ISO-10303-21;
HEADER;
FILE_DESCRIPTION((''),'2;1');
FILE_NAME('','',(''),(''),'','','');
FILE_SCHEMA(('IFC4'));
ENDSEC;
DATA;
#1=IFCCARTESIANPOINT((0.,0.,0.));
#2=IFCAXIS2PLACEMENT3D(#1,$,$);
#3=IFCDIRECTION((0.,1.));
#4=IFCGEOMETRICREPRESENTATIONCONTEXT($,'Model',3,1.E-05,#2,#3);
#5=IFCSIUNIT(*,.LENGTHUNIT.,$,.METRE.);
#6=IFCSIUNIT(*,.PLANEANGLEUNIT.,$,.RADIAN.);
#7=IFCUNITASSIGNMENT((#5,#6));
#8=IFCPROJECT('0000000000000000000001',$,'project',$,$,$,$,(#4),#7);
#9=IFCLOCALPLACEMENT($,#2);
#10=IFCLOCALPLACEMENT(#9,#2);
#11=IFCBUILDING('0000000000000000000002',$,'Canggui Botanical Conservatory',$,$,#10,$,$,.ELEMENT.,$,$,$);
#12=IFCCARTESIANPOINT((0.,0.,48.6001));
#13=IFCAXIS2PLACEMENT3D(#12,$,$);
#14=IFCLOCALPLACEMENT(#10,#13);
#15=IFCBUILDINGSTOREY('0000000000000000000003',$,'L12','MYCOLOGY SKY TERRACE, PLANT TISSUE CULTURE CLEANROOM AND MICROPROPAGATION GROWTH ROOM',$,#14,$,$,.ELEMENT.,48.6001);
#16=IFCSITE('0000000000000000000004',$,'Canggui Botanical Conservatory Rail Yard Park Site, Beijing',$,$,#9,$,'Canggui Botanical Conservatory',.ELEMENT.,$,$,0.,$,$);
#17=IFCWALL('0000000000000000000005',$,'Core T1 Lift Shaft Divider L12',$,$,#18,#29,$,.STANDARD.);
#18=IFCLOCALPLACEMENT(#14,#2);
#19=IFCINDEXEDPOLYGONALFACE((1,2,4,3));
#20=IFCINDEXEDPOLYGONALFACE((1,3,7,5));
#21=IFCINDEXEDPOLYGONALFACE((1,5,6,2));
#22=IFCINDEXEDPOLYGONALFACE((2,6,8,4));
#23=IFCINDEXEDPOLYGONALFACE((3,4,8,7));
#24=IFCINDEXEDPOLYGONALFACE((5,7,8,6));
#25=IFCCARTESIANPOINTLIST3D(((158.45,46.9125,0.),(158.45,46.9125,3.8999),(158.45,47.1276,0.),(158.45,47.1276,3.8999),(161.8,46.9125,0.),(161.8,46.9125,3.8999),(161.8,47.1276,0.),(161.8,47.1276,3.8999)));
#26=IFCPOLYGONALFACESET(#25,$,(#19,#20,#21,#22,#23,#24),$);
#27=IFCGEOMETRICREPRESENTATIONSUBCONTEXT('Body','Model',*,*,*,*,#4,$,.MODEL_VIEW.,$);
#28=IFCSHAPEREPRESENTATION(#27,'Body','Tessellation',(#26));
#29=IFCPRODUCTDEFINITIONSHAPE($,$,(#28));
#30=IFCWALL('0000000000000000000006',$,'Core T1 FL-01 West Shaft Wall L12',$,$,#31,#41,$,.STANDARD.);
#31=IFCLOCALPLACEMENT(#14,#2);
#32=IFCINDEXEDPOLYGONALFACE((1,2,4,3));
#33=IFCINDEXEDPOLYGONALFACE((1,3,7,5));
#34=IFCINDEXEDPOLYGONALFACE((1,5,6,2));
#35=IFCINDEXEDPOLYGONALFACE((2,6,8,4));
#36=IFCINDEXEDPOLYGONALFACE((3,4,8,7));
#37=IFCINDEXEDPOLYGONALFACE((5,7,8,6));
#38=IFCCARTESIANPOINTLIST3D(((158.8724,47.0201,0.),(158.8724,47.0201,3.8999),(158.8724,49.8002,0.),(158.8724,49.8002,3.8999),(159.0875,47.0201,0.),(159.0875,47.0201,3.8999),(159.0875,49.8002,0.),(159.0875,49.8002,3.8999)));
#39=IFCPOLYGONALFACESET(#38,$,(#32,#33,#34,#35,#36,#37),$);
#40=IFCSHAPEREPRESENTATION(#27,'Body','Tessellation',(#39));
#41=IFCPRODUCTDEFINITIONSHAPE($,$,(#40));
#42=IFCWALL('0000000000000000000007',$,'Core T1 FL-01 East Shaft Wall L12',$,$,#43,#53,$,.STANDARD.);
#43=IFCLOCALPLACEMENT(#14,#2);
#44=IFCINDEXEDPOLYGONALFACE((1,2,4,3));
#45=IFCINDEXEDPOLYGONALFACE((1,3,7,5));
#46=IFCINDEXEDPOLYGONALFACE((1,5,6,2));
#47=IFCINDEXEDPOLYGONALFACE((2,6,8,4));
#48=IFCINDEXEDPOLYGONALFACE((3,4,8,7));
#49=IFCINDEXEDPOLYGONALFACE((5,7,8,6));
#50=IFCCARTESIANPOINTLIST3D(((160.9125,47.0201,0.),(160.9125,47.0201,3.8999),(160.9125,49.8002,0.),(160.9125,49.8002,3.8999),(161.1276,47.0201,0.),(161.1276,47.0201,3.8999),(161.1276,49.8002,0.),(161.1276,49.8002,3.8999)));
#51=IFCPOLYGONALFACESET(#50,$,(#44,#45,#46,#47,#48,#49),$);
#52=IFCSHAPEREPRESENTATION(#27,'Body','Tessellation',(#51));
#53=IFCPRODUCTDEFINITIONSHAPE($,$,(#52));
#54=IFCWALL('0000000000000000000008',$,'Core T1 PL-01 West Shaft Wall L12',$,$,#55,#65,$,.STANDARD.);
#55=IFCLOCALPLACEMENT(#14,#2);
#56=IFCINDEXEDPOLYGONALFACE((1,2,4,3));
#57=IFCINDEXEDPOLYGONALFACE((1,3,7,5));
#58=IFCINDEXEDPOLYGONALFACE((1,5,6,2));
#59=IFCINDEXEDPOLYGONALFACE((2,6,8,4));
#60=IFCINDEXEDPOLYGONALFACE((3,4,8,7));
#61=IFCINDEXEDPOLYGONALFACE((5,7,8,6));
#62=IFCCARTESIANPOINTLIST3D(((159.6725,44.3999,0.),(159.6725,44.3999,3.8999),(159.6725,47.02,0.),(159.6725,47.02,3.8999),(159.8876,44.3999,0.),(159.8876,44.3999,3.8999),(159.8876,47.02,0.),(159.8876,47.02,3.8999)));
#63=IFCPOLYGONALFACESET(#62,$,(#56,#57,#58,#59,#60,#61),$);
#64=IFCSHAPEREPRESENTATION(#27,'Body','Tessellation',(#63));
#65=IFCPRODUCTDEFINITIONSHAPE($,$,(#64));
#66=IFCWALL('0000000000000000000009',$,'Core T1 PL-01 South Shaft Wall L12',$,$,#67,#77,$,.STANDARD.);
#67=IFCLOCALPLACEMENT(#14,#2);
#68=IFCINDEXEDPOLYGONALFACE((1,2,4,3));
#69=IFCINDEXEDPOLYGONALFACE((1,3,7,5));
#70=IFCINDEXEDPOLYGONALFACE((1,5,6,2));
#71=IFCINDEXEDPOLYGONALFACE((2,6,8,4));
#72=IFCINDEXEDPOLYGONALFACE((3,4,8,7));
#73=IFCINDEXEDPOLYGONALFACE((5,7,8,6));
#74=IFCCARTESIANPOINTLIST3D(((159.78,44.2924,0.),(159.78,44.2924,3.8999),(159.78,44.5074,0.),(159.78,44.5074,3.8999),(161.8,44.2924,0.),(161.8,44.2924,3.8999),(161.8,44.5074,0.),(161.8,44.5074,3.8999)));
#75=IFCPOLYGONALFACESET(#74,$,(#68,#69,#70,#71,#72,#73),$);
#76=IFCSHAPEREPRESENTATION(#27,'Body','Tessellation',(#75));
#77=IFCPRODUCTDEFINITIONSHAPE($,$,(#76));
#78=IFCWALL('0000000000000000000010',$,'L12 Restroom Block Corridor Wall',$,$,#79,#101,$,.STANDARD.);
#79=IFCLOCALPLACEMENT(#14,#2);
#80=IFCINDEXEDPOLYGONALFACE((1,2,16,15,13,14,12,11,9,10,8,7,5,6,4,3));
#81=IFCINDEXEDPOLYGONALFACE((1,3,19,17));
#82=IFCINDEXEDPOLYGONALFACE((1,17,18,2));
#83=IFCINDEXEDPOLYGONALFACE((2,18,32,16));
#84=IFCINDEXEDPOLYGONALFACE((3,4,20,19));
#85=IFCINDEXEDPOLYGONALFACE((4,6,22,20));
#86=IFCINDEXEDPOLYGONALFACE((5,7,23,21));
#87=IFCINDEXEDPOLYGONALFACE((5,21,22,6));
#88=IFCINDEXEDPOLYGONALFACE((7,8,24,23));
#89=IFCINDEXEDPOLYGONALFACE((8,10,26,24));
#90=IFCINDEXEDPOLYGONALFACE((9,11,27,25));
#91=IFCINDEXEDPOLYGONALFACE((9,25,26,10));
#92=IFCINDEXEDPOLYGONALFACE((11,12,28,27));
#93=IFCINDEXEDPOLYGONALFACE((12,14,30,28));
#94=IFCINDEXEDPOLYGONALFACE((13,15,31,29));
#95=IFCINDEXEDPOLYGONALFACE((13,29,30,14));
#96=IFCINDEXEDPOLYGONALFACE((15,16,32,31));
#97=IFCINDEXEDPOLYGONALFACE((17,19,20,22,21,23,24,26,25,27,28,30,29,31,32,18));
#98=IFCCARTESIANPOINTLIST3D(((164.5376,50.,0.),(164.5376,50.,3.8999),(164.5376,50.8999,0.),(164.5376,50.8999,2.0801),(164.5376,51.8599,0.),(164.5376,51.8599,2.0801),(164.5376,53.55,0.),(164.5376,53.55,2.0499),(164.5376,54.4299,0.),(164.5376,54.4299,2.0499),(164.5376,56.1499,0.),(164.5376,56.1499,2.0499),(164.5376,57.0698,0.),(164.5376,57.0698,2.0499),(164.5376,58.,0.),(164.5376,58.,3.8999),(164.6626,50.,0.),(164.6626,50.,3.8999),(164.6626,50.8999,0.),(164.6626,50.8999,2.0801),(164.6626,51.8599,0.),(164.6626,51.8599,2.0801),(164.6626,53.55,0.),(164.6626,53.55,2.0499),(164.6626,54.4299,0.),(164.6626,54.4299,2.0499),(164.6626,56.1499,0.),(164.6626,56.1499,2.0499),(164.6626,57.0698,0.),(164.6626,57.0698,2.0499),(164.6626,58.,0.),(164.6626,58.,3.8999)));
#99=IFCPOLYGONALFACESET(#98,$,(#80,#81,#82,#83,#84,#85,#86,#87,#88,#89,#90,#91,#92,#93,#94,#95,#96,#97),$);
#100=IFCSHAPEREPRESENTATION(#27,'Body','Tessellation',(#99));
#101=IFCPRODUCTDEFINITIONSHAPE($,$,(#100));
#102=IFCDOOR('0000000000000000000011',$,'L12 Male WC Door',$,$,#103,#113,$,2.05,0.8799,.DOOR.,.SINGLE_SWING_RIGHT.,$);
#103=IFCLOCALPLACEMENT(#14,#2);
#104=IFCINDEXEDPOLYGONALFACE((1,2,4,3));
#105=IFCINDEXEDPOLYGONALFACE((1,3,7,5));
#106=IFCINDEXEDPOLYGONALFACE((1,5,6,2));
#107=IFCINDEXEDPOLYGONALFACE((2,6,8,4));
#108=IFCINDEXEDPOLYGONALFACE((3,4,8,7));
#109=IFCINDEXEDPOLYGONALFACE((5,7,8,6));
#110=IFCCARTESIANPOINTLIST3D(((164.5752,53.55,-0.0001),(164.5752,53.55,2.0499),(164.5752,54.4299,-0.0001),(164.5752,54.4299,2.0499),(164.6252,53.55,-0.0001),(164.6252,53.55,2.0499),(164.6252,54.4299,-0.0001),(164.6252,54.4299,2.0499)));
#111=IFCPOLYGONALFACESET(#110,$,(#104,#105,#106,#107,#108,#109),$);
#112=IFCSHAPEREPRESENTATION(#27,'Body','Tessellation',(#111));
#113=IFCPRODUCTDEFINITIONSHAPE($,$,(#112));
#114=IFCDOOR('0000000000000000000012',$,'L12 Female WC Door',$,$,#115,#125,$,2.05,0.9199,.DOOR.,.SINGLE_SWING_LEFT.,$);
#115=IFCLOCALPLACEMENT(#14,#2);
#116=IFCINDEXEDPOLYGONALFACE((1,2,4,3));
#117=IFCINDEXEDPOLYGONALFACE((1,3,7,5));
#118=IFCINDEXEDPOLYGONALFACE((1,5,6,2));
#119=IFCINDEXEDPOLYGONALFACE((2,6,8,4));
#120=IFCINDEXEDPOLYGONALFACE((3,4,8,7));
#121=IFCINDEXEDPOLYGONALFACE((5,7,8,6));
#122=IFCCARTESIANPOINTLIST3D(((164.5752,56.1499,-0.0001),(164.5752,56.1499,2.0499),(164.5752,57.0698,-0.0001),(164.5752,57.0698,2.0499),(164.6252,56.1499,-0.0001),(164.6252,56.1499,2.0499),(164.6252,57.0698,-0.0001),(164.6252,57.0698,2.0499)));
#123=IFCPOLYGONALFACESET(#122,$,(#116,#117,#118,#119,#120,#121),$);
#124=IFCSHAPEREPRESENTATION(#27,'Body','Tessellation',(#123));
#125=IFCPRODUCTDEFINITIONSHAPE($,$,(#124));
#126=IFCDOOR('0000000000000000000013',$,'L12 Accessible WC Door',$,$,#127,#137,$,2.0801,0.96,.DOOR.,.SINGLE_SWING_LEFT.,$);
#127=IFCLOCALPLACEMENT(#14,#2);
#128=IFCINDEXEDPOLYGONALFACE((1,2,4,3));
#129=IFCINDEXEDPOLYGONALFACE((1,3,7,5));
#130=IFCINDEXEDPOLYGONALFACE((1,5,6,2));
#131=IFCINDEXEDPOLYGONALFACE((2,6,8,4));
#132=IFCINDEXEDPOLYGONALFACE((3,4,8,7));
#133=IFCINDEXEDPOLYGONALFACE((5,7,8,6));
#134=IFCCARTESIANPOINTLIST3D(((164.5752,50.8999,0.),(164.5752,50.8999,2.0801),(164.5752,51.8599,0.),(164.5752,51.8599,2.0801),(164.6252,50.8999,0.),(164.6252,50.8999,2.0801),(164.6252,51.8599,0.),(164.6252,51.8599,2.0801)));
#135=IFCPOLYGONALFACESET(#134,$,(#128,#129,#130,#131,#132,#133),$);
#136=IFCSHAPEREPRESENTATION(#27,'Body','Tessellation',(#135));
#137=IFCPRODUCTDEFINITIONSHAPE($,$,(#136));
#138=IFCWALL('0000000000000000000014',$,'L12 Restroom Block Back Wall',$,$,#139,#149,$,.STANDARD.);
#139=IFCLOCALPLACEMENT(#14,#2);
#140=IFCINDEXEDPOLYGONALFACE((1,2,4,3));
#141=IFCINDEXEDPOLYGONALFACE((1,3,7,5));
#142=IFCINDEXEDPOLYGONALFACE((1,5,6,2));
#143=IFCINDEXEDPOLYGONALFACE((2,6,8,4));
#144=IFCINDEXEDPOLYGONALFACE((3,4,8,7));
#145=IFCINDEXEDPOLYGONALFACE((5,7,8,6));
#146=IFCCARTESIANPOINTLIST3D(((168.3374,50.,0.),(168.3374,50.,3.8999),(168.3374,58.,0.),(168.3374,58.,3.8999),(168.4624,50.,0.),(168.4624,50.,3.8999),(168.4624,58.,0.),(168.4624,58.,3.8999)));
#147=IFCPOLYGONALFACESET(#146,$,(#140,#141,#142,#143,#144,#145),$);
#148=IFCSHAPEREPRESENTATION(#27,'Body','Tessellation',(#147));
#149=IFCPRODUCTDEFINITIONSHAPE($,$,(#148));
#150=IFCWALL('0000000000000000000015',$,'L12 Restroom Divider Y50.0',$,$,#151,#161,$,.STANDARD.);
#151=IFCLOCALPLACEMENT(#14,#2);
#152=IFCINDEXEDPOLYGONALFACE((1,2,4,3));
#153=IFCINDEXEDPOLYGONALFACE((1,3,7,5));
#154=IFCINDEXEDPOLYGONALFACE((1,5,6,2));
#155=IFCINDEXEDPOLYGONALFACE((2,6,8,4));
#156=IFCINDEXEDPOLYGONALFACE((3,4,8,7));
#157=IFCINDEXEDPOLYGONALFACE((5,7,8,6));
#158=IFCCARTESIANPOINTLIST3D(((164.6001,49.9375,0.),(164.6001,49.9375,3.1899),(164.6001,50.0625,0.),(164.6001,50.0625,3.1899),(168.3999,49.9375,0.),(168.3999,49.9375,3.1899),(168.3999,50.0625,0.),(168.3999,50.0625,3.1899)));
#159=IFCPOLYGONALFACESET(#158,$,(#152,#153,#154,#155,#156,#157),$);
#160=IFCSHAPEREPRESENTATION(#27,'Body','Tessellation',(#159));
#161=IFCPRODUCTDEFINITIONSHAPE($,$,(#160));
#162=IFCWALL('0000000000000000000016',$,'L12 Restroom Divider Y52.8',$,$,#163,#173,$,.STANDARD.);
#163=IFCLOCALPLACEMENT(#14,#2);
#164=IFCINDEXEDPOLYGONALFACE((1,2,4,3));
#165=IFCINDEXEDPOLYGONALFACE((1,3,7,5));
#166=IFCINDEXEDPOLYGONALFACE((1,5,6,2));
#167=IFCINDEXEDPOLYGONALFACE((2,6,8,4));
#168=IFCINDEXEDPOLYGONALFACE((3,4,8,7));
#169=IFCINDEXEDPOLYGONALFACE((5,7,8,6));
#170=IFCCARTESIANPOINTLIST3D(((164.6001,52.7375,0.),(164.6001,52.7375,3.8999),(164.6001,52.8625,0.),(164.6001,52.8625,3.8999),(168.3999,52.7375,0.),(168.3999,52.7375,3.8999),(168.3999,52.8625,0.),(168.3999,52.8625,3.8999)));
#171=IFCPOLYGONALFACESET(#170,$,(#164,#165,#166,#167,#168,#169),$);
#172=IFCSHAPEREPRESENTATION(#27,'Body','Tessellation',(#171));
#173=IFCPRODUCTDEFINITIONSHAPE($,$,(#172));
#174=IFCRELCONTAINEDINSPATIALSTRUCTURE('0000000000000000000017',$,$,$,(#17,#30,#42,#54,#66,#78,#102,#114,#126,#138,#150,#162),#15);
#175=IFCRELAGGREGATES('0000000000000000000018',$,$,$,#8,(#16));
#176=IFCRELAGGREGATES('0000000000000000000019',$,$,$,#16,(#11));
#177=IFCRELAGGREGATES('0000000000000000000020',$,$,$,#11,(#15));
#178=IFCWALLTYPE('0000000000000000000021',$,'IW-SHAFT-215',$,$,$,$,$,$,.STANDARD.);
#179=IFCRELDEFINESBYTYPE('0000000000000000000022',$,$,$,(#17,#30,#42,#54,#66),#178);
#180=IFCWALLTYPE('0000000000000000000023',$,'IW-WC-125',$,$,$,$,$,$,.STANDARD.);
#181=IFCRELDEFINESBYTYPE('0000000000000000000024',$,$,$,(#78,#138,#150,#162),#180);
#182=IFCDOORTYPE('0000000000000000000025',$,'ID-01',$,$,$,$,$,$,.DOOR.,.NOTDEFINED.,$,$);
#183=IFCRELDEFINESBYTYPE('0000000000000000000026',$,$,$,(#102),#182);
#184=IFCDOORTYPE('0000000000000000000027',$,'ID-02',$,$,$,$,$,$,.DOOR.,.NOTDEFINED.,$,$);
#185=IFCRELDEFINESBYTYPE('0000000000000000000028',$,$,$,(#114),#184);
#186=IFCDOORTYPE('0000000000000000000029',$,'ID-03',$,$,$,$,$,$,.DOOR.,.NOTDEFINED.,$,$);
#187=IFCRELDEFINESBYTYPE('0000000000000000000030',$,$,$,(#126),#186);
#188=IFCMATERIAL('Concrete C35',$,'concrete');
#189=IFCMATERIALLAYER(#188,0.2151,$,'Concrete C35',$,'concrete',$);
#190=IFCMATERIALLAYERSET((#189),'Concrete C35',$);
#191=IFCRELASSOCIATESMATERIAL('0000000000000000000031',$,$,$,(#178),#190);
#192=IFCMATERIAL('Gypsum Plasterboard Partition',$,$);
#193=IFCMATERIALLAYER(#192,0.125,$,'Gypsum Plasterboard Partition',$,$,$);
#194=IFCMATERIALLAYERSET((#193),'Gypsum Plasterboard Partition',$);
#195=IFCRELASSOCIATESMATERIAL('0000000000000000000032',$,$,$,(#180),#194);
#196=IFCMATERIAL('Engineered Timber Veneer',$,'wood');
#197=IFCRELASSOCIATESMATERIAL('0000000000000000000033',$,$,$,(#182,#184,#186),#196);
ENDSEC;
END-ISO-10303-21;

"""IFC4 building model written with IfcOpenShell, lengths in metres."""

from ifc_helpers import new_model, si_unit, direction, frame, frame_2d, origin, place, context, subcontext, project, spatial, rectangle, extrude, material, layer, layer_set, type_object, element, fill, save


model = new_model("IFC4")

# Units and contexts
model_context = context("Model", 3, precision=1e-05, world=origin(), true_north=direction((0.0, 1.0)))
body_context = subcontext(model_context, "Body", "Model", "MODEL_VIEW")
ifc_project = project(units=[si_unit("LENGTHUNIT", "METRE"), si_unit("PLANEANGLEUNIT", "RADIAN")], contexts=[model_context])

# Site, building, storey
site_placement = place(None, origin())
site = spatial("IfcSite", under=ifc_project, at=site_placement, Name="Canggui Botanical Conservatory Rail Yard Park Site, Beijing", LongName="Canggui Botanical Conservatory", CompositionType="ELEMENT", RefElevation=0.0)
building_placement = place(site_placement, origin())
building = spatial("IfcBuilding", under=site, at=building_placement, Name="Canggui Botanical Conservatory", CompositionType="ELEMENT")
storey_placement = place(building_placement, frame((0.0, 0.0, 48.6001)))
storey = spatial("IfcBuildingStorey", under=building, at=storey_placement, Name="L12", Description="MYCOLOGY SKY TERRACE, PLANT TISSUE CULTURE CLEANROOM AND MICROPROPAGATION GROWTH ROOM", CompositionType="ELEMENT", Elevation=48.6001)

# Shared definitions
ifc_material_1 = material(Name="Concrete C35", Category="concrete")

# Shared definitions
ifc_material_2 = material(Name="Gypsum Plasterboard Partition")

# Walls
ifc_layer_1 = layer(ifc_material_1, 0.2151, Name="Concrete C35", Category="concrete")
ifc_layer_set_1 = layer_set([ifc_layer_1], Name="Concrete C35")
wall_type_1 = type_object("IfcWallType", Name="IW-SHAFT-215", PredefinedType="STANDARD", material=ifc_layer_set_1)
wall_1_placement = place(storey_placement, frame((158.45, 47.02, 0.0), z_axis=(0.0, 0.0, 1.0), x_axis=(1.0, 0.0, 0.0)))
element("IfcWall", 1, at=wall_1_placement, inside=storey, type_object=wall_type_1, Name="Core T1 Lift Shaft Divider L12", PredefinedType="STANDARD", context=body_context, shape_type="SweptSolid", body=[
    extrude(rectangle(XDim=3.3501, YDim=0.2151, at=frame_2d((1.675, 0.0))), origin(), (0.0, 0.0, 1.0), 3.8999),
])
for number, where, z_axis, x_axis, name in (
    (2, (158.98, 47.02, 0.0), (0.0, 0.0, 1.0), (0.0, 1.0, 0.0), "Core T1 FL-01 West Shaft Wall L12"),
    (3, (161.02, 47.02, 0.0), (0.0, 0.0, 1.0), (0.0, 1.0, 0.0), "Core T1 FL-01 East Shaft Wall L12"),
):
    element("IfcWall", number, at=place(storey_placement, frame(where, z_axis=z_axis, x_axis=x_axis)), inside=storey, type_object=wall_type_1, Name=name, PredefinedType="STANDARD", context=body_context, shape_type="SweptSolid", body=[
        extrude(rectangle(XDim=2.78, YDim=0.2151, at=frame_2d((1.3901, 0.0))), origin(), (0.0, 0.0, 1.0), 3.8999),
    ])
wall_2_placement = place(storey_placement, frame((159.78, 44.3999, 0.0), z_axis=(0.0, 0.0, 1.0), x_axis=(0.0, 1.0, 0.0)))
element("IfcWall", 4, at=wall_2_placement, inside=storey, type_object=wall_type_1, Name="Core T1 PL-01 West Shaft Wall L12", PredefinedType="STANDARD", context=body_context, shape_type="SweptSolid", body=[
    extrude(rectangle(XDim=2.6201, YDim=0.2151, at=frame_2d((1.3101, 0.0))), origin(), (0.0, 0.0, 1.0), 3.8999),
])
wall_3_placement = place(storey_placement, frame((159.78, 44.3999, 0.0), z_axis=(0.0, 0.0, 1.0), x_axis=(1.0, 0.0, 0.0)))
element("IfcWall", 5, at=wall_3_placement, inside=storey, type_object=wall_type_1, Name="Core T1 PL-01 South Shaft Wall L12", PredefinedType="STANDARD", context=body_context, shape_type="SweptSolid", body=[
    extrude(rectangle(XDim=2.02, YDim=0.2151, at=frame_2d((1.01, 0.0))), origin(), (0.0, 0.0, 1.0), 3.8999),
])

# Wall, openings, doors
ifc_layer_2 = layer(ifc_material_2, 0.125, Name="Gypsum Plasterboard Partition")
ifc_layer_set_2 = layer_set([ifc_layer_2], Name="Gypsum Plasterboard Partition")
wall_type_2 = type_object("IfcWallType", Name="IW-WC-125", PredefinedType="STANDARD", material=ifc_layer_set_2)
wall_4_placement = place(storey_placement, frame((164.6001, 50.0, 0.0), z_axis=(0.0, 0.0, 1.0), x_axis=(0.0, 1.0, 0.0)))
wall_4 = element("IfcWall", 6, at=wall_4_placement, inside=storey, type_object=wall_type_2, Name="L12 Restroom Block Corridor Wall", PredefinedType="STANDARD", context=body_context, shape_type="SweptSolid", body=[
    extrude(rectangle(XDim=8.0, YDim=0.125, at=frame_2d((4.0, 0.0))), origin(), (0.0, 0.0, 1.0), 3.8999),
])
opening_1_placement = place(wall_4_placement, frame((0.8999, 0.0, 0.0)))
opening_1 = element("IfcOpeningElement", 7, at=opening_1_placement, cuts=wall_4, PredefinedType="OPENING", context=body_context, shape_type="SweptSolid", body=[
    extrude(rectangle(XDim=0.96, YDim=2.0801, at=frame_2d((0.48, 1.04))), frame((0.0, 0.0725, 0.0), z_axis=(0.0, -1.0, 0.0), x_axis=(1.0, 0.0, 0.0)), (0.0, 0.0, 1.0), 0.145),
])
opening_2_placement = place(wall_4_placement, frame((3.55, 0.0, 0.0)))
opening_2 = element("IfcOpeningElement", 8, at=opening_2_placement, cuts=wall_4, PredefinedType="OPENING", context=body_context, shape_type="SweptSolid", body=[
    extrude(rectangle(XDim=0.8799, YDim=2.05, at=frame_2d((0.4399, 1.0249))), frame((0.0, 0.0725, 0.0), z_axis=(0.0, -1.0, 0.0), x_axis=(1.0, 0.0, 0.0)), (0.0, 0.0, 1.0), 0.145),
])
opening_3_placement = place(wall_4_placement, frame((6.1499, 0.0, 0.0)))
opening_3 = element("IfcOpeningElement", 9, at=opening_3_placement, cuts=wall_4, PredefinedType="OPENING", context=body_context, shape_type="SweptSolid", body=[
    extrude(rectangle(XDim=0.9199, YDim=2.05, at=frame_2d((0.46, 1.0249))), frame((0.0, 0.0725, 0.0), z_axis=(0.0, -1.0, 0.0), x_axis=(1.0, 0.0, 0.0)), (0.0, 0.0, 1.0), 0.145),
])
ifc_material_3 = material(Name="Engineered Timber Veneer", Category="wood")
door_type_1 = type_object("IfcDoorType", Name="ID-01", OperationType="NOTDEFINED", PredefinedType="DOOR", material=ifc_material_3)
door_1_placement = place(opening_2_placement, origin())
door_1 = element("IfcDoor", 10, at=door_1_placement, inside=storey, type_object=door_type_1, Name="L12 Male WC Door", OperationType="SINGLE_SWING_RIGHT", OverallHeight=2.05, OverallWidth=0.8799, PredefinedType="DOOR", context=body_context, shape_type="SweptSolid", body=[
    extrude(rectangle(XDim=0.8799, YDim=2.05, at=frame_2d((0.4399, 1.0249))), frame((0.0, 0.0249, 0.0), z_axis=(0.0, -1.0, 0.0), x_axis=(1.0, 0.0, 0.0)), (0.0, 0.0, 1.0), 0.05),
])
fill(opening_2, door_1)
door_type_2 = type_object("IfcDoorType", Name="ID-02", OperationType="NOTDEFINED", PredefinedType="DOOR", material=ifc_material_3)
door_2_placement = place(opening_3_placement, origin())
door_2 = element("IfcDoor", 11, at=door_2_placement, inside=storey, type_object=door_type_2, Name="L12 Female WC Door", OperationType="SINGLE_SWING_LEFT", OverallHeight=2.05, OverallWidth=0.9199, PredefinedType="DOOR", context=body_context, shape_type="SweptSolid", body=[
    extrude(rectangle(XDim=0.9199, YDim=2.05, at=frame_2d((0.46, 1.0249))), frame((0.0, 0.0249, 0.0), z_axis=(0.0, -1.0, 0.0), x_axis=(1.0, 0.0, 0.0)), (0.0, 0.0, 1.0), 0.05),
])
fill(opening_3, door_2)
door_type_3 = type_object("IfcDoorType", Name="ID-03", OperationType="NOTDEFINED", PredefinedType="DOOR", material=ifc_material_3)
door_3_placement = place(opening_1_placement, origin())
door_3 = element("IfcDoor", 12, at=door_3_placement, inside=storey, type_object=door_type_3, Name="L12 Accessible WC Door", OperationType="SINGLE_SWING_LEFT", OverallHeight=2.0801, OverallWidth=0.96, PredefinedType="DOOR", context=body_context, shape_type="SweptSolid", body=[
    extrude(rectangle(XDim=0.96, YDim=2.0801, at=frame_2d((0.48, 1.04))), frame((0.0, 0.0249, 0.0), z_axis=(0.0, -1.0, 0.0), x_axis=(1.0, 0.0, 0.0)), (0.0, 0.0, 1.0), 0.05),
])
fill(opening_1, door_3)

# Walls
wall_5_placement = place(storey_placement, frame((168.3999, 50.0, 0.0), z_axis=(0.0, 0.0, 1.0), x_axis=(0.0, 1.0, 0.0)))
element("IfcWall", 13, at=wall_5_placement, inside=storey, type_object=wall_type_2, Name="L12 Restroom Block Back Wall", PredefinedType="STANDARD", context=body_context, shape_type="SweptSolid", body=[
    extrude(rectangle(XDim=8.0, YDim=0.125, at=frame_2d((4.0, 0.0))), origin(), (0.0, 0.0, 1.0), 3.8999),
])
wall_6_placement = place(storey_placement, frame((164.6001, 50.0, 0.0), z_axis=(0.0, 0.0, 1.0), x_axis=(1.0, 0.0, 0.0)))
element("IfcWall", 14, at=wall_6_placement, inside=storey, type_object=wall_type_2, Name="L12 Restroom Divider Y50.0", PredefinedType="STANDARD", context=body_context, shape_type="SweptSolid", body=[
    extrude(rectangle(XDim=3.7998, YDim=0.125, at=frame_2d((1.8999, 0.0))), origin(), (0.0, 0.0, 1.0), 3.1899),
])
wall_7_placement = place(storey_placement, frame((164.6001, 52.8, 0.0), z_axis=(0.0, 0.0, 1.0), x_axis=(1.0, 0.0, 0.0)))
element("IfcWall", 15, at=wall_7_placement, inside=storey, type_object=wall_type_2, Name="L12 Restroom Divider Y52.8", PredefinedType="STANDARD", context=body_context, shape_type="SweptSolid", body=[
    extrude(rectangle(XDim=3.7998, YDim=0.125, at=frame_2d((1.8999, 0.0))), origin(), (0.0, 0.0, 1.0), 3.8999),
])

save(model, "model.ifc")
